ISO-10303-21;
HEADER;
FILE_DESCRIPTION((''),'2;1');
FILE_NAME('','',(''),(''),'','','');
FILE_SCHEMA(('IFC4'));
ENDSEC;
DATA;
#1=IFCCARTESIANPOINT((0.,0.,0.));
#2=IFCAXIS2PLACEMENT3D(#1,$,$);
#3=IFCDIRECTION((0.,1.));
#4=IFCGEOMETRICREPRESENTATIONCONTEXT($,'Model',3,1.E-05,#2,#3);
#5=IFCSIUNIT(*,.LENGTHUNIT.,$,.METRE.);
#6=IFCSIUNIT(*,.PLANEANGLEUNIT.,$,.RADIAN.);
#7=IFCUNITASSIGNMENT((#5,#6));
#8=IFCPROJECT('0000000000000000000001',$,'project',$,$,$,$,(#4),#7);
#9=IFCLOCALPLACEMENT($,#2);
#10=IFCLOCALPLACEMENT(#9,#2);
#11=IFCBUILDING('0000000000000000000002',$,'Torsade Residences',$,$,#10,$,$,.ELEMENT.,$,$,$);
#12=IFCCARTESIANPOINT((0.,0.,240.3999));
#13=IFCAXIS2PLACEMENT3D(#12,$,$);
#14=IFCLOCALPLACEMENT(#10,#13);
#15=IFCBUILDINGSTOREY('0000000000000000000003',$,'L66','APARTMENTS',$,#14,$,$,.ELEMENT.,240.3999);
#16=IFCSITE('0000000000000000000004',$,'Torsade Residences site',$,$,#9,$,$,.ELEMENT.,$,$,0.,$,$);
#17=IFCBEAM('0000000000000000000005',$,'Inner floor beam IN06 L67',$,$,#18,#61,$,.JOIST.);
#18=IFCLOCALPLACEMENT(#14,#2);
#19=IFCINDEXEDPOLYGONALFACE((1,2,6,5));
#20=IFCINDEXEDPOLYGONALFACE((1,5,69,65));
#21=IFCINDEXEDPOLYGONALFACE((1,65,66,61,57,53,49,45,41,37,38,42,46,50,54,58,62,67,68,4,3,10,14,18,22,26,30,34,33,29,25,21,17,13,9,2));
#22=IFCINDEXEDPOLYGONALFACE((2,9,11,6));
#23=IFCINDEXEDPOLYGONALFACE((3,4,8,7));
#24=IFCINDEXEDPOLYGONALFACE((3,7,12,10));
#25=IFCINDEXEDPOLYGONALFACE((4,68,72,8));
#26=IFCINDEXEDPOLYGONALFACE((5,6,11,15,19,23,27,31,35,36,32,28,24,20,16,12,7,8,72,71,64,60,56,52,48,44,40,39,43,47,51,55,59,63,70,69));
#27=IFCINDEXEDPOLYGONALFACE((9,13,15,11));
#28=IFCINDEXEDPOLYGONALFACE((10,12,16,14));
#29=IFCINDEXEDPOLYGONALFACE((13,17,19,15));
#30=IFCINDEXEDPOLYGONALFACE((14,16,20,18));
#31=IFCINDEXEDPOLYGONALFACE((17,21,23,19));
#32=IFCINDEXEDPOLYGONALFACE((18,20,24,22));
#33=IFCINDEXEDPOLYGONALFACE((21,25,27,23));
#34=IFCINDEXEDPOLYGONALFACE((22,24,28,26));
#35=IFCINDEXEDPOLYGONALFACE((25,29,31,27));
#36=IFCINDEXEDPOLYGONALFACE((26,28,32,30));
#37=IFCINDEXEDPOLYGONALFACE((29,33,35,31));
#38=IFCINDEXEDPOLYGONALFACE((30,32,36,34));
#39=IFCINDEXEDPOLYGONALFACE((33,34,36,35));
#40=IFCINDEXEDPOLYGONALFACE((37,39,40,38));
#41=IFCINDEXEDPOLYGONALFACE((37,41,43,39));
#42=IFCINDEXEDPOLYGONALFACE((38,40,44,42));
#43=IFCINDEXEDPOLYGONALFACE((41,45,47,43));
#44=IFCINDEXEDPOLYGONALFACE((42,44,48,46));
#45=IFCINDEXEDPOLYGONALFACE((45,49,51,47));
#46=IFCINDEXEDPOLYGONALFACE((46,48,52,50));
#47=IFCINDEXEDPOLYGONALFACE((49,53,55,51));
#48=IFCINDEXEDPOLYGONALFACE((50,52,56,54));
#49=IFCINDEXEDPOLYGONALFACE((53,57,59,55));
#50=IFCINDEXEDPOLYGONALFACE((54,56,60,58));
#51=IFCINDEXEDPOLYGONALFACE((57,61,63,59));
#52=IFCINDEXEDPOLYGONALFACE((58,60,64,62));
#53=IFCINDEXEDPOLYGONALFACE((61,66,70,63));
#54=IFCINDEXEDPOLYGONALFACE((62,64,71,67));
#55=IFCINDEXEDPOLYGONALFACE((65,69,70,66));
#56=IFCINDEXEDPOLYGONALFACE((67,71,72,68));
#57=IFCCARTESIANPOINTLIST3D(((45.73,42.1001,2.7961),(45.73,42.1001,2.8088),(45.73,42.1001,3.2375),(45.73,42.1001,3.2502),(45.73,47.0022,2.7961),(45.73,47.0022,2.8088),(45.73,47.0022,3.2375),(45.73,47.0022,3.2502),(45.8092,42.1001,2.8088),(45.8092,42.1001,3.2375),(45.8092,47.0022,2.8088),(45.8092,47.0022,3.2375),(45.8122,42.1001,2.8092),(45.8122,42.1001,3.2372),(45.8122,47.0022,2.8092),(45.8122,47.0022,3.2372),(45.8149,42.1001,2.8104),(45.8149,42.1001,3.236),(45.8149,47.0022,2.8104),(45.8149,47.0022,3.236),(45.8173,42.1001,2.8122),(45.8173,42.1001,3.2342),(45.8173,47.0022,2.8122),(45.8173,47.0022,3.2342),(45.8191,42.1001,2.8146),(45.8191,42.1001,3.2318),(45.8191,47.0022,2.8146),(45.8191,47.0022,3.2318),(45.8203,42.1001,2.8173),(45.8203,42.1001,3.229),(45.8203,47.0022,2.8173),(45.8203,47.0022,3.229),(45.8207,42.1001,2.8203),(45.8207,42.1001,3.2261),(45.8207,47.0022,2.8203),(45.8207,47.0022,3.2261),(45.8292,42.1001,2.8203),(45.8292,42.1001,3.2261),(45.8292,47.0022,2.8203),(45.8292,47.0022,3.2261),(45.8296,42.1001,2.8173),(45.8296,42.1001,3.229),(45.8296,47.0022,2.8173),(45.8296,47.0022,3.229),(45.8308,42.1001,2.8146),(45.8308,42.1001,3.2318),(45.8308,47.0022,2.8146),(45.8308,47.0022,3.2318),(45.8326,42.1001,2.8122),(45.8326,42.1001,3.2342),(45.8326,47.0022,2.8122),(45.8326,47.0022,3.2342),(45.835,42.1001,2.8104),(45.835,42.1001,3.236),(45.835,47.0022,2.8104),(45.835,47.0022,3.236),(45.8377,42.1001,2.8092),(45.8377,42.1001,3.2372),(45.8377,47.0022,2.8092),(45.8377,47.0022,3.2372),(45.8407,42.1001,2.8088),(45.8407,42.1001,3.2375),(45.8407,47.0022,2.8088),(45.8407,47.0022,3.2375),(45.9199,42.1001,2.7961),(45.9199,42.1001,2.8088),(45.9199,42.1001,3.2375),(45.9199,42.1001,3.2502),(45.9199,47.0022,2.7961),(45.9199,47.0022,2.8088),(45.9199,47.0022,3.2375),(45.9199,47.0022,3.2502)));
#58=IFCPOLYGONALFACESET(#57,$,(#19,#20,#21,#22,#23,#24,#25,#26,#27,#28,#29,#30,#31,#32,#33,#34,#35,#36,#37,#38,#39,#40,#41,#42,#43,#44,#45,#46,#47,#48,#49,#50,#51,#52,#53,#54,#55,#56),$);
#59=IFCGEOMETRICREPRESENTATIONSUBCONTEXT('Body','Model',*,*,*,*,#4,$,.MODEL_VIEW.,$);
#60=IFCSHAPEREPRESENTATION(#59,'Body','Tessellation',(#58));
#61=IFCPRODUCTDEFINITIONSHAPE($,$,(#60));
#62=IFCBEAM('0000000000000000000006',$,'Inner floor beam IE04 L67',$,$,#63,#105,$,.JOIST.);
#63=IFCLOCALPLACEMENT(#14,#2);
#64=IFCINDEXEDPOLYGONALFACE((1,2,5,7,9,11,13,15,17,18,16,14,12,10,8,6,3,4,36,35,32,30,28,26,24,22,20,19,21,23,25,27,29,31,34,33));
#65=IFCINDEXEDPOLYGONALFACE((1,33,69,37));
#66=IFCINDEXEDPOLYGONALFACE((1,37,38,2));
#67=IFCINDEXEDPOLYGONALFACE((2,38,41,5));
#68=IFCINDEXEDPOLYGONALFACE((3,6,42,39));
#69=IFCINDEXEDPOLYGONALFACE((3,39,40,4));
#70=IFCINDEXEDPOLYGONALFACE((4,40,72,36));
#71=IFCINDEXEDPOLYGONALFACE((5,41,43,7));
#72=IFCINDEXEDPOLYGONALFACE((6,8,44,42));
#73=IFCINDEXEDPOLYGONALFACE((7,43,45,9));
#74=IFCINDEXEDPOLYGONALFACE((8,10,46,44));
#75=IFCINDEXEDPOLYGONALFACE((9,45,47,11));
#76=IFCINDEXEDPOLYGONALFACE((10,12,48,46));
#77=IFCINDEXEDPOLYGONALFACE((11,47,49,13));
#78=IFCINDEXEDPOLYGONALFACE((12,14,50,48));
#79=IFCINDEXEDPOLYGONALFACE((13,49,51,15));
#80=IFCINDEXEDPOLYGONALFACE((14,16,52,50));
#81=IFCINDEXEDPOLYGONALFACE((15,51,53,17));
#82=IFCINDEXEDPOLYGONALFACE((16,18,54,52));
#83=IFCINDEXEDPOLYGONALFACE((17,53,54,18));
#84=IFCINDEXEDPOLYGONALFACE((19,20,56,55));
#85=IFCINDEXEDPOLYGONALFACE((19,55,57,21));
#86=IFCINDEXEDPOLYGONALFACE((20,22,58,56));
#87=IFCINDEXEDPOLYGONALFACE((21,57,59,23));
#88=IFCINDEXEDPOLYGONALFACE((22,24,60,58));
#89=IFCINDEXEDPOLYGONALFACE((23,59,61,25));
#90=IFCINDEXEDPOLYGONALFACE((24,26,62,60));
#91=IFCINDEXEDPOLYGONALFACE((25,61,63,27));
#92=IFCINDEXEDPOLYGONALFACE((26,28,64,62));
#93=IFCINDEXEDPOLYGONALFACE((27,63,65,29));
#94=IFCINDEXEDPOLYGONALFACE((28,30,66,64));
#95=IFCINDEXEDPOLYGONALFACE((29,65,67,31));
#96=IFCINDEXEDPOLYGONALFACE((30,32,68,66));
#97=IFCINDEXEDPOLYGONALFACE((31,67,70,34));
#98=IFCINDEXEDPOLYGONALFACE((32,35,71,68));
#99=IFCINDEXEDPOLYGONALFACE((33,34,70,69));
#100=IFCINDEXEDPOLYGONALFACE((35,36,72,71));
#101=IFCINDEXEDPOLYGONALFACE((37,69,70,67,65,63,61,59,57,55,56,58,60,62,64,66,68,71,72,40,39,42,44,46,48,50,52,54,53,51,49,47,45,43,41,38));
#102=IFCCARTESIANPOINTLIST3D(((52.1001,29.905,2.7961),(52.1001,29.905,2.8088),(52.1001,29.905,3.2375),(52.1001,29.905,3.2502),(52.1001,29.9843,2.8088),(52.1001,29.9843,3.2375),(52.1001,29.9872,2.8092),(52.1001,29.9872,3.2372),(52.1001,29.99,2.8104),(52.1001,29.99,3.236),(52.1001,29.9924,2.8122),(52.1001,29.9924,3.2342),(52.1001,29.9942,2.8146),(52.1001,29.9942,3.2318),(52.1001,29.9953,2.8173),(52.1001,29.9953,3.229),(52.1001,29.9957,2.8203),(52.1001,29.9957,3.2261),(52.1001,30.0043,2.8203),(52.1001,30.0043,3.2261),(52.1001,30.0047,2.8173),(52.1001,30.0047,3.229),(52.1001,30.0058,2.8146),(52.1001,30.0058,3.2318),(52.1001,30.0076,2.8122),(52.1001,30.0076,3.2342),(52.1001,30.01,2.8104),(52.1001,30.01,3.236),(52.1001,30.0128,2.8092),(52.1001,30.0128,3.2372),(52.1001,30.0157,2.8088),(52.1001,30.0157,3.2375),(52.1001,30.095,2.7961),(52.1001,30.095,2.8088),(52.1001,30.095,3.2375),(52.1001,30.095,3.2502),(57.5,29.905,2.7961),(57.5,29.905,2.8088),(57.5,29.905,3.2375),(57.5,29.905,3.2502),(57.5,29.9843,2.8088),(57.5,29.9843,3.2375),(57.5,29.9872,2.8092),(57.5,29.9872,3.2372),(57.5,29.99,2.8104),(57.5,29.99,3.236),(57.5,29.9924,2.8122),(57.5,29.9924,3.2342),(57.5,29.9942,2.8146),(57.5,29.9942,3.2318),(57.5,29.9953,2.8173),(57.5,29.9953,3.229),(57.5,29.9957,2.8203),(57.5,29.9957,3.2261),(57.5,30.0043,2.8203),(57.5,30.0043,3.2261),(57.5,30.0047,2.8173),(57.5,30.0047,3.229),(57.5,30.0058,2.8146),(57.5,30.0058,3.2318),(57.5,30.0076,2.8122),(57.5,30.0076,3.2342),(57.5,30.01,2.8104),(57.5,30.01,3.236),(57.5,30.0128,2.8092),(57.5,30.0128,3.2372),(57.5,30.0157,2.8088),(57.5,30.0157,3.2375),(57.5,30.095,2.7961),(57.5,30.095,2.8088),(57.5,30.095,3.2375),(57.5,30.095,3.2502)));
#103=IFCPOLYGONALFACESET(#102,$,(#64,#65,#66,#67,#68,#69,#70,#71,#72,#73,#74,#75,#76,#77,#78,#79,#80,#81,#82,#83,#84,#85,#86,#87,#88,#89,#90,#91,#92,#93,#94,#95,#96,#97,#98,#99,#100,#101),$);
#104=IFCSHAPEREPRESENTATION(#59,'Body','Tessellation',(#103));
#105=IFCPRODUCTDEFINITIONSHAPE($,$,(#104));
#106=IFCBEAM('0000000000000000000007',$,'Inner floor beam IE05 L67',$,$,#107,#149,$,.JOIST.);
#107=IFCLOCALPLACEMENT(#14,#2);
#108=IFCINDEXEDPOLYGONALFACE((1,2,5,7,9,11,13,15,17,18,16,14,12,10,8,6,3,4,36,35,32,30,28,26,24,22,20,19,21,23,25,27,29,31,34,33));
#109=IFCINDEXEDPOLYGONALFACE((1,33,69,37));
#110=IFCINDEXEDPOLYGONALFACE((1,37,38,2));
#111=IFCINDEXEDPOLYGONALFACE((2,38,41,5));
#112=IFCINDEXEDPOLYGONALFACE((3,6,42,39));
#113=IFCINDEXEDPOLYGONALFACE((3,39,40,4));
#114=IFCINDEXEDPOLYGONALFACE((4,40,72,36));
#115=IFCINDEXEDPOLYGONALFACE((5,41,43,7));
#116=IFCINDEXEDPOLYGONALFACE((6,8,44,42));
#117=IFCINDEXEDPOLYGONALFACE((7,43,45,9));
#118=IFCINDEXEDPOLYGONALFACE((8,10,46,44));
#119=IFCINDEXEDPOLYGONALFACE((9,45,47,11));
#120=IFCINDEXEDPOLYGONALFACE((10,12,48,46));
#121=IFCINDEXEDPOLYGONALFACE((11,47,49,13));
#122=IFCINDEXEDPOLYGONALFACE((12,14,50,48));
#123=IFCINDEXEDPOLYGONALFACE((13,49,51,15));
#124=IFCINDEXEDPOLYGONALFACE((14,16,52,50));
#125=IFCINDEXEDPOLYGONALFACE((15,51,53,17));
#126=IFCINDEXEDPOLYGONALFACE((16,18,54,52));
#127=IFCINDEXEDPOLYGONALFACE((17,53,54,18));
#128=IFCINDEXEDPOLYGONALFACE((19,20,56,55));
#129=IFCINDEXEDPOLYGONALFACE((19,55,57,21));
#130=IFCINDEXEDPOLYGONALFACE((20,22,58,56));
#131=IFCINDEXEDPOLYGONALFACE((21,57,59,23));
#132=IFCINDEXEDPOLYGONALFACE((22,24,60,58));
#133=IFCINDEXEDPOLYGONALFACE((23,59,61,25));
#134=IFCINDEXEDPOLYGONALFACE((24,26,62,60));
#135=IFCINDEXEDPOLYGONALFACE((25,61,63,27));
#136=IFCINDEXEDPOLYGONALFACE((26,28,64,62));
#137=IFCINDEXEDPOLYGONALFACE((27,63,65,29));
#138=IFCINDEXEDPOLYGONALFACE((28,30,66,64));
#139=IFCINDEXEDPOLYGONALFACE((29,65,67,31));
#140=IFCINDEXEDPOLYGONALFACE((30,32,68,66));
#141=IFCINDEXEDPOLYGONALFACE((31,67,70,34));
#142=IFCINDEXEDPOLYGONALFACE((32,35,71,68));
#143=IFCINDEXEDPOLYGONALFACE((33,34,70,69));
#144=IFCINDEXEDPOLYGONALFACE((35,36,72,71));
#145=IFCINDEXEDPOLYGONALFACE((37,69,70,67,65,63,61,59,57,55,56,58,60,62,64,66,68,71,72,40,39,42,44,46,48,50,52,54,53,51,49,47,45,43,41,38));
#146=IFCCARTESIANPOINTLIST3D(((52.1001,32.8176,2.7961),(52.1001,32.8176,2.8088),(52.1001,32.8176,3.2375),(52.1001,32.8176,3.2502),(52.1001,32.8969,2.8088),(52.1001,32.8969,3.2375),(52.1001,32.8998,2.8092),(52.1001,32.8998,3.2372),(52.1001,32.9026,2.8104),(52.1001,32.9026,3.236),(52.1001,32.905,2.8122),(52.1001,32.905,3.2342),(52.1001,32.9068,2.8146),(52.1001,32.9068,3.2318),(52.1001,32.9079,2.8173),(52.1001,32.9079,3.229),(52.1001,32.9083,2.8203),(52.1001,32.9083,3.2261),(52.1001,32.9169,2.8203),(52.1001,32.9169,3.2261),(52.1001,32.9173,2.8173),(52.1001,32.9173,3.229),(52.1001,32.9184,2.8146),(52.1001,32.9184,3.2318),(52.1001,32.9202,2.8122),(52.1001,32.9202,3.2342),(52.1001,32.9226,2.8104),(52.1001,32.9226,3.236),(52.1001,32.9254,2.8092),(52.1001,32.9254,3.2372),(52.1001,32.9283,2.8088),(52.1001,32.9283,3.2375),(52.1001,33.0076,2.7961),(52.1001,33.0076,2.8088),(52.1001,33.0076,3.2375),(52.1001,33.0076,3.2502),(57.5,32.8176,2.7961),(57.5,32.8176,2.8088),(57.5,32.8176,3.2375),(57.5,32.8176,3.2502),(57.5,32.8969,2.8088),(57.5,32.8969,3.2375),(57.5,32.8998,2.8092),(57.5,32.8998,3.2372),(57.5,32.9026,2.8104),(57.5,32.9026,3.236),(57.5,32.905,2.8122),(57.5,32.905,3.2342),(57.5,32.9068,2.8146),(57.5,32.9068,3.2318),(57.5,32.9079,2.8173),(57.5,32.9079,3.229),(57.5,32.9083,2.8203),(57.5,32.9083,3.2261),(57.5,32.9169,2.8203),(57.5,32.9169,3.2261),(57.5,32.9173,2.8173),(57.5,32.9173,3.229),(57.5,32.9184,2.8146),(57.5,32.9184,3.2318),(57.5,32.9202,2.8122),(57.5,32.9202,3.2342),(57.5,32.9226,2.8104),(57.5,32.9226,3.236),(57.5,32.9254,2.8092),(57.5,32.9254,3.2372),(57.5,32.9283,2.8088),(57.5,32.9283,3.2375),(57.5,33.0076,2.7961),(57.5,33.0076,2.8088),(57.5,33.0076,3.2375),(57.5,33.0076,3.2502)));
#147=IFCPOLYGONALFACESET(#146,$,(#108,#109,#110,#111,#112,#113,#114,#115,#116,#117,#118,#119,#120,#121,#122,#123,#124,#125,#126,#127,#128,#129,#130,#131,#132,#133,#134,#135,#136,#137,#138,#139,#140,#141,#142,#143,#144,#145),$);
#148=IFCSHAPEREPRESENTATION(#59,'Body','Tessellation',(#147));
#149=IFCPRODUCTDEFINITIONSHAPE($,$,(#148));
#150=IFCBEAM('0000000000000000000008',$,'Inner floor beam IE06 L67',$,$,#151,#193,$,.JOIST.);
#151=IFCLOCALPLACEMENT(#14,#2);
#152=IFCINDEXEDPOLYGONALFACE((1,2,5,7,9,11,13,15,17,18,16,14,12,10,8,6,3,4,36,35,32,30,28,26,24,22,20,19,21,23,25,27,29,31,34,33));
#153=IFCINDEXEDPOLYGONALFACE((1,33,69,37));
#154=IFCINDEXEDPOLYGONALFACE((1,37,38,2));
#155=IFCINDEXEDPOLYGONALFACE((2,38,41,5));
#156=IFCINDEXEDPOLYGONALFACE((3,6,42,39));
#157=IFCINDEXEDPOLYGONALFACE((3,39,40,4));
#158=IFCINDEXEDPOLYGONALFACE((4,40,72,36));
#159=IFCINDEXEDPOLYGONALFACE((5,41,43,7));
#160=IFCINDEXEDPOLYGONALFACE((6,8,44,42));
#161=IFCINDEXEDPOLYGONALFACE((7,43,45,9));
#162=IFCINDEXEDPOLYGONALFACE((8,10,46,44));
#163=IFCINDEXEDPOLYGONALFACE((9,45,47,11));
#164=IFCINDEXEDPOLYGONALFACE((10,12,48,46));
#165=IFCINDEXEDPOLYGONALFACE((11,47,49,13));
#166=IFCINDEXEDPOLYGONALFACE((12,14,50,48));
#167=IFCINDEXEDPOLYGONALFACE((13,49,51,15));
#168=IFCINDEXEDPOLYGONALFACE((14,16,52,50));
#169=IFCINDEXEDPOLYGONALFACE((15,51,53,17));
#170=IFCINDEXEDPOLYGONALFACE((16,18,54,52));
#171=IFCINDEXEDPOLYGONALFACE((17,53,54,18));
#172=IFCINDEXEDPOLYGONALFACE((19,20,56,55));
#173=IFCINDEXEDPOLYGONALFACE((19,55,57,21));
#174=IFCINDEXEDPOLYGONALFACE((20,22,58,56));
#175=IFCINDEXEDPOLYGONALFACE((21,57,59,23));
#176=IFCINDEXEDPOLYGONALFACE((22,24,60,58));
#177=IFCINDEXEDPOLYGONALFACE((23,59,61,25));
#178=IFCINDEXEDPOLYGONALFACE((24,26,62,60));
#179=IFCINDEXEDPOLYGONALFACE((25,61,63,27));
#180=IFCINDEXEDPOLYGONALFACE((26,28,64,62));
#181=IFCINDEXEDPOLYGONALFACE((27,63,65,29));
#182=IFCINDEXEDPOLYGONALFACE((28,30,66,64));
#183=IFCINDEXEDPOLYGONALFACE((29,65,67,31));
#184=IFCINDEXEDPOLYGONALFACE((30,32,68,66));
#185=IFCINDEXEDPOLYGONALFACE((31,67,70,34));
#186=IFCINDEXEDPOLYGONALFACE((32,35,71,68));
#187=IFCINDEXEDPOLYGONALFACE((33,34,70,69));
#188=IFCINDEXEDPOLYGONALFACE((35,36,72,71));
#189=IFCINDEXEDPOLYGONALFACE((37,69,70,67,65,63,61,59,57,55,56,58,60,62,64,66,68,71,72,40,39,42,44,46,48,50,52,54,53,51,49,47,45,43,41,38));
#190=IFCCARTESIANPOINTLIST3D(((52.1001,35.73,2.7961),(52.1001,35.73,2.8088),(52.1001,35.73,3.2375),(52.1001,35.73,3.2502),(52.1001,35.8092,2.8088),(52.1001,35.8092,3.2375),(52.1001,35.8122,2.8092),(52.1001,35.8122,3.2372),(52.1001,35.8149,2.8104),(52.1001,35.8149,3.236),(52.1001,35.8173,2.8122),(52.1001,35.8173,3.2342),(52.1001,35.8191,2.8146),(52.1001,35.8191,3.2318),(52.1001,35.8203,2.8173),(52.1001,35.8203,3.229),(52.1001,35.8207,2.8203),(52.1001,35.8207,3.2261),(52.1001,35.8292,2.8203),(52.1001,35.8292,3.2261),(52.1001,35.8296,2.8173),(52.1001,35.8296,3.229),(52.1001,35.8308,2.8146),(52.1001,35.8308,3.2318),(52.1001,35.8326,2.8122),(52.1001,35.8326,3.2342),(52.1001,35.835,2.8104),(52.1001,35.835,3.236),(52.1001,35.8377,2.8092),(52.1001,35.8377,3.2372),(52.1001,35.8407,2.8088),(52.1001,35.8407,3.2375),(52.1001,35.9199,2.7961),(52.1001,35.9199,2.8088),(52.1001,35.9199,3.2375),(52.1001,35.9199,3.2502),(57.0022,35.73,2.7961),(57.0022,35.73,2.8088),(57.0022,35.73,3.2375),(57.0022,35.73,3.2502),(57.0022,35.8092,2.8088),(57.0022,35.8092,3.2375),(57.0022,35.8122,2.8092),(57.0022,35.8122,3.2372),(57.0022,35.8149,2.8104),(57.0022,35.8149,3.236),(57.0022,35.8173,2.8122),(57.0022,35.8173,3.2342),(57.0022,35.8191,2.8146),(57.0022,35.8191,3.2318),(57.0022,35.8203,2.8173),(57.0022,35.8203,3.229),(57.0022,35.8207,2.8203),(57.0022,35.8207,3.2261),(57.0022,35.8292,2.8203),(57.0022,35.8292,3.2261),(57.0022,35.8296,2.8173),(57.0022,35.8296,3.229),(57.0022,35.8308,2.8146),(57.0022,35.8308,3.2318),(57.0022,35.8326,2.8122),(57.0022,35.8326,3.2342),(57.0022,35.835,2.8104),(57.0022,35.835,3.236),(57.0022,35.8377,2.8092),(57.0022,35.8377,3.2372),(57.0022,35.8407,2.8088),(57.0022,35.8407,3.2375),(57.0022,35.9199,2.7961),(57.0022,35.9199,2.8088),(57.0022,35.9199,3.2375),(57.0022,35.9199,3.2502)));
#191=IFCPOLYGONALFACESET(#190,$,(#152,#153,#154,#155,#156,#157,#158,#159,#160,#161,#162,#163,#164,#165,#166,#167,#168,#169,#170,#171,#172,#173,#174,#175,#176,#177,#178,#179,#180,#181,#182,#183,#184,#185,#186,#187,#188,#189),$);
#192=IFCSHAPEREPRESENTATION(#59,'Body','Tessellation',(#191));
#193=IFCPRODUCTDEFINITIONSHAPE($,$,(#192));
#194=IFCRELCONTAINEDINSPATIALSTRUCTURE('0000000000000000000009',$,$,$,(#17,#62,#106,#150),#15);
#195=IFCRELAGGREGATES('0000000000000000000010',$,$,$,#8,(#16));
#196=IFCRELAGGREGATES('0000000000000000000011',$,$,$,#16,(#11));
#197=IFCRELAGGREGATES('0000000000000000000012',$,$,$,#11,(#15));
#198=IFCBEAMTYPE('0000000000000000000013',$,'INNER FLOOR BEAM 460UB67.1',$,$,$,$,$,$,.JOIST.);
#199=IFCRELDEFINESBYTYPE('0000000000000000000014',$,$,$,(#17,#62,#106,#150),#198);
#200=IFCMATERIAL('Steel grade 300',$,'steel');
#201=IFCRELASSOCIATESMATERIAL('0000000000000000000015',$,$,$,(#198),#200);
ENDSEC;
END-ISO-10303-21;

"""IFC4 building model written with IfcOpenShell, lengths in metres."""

from ifc_helpers import new_model, si_unit, direction, frame, origin, origin_2d, place, context, subcontext, project, spatial, i_section, extrude, material, material_profile, profile_set, type_object, element, save


model = new_model("IFC4")

# Units and contexts
model_context = context("Model", 3, precision=1e-05, world=origin(), true_north=direction((0.0, 1.0)))
body_context = subcontext(model_context, "Body", "Model", "MODEL_VIEW")
ifc_project = project(units=[si_unit("LENGTHUNIT", "METRE"), si_unit("PLANEANGLEUNIT", "RADIAN")], contexts=[model_context])

# Site, building, storey
site_placement = place(None, origin())
site = spatial("IfcSite", under=ifc_project, at=site_placement, Name="Torsade Residences site", CompositionType="ELEMENT", RefElevation=0.0)
building_placement = place(site_placement, origin())
building = spatial("IfcBuilding", under=site, at=building_placement, Name="Torsade Residences", CompositionType="ELEMENT")
storey_placement = place(building_placement, frame((0.0, 0.0, 240.3999)))
storey = spatial("IfcBuildingStorey", under=building, at=storey_placement, Name="L66", Description="APARTMENTS", CompositionType="ELEMENT", Elevation=240.3999)

# Beams
ifc_material_1 = material(Name="Steel grade 300", Category="steel")
ifc_material_profile_1 = material_profile(ifc_material_1, i_section(OverallWidth=0.1899, OverallDepth=0.4541, WebThickness=0.0085, FlangeThickness=0.0127, FilletRadius=0.0115, at=origin_2d()), Name="460UB67.1")
ifc_profile_set_1 = profile_set([ifc_material_profile_1], Name="Steel grade 300")
beam_type_1 = type_object("IfcBeamType", Name="INNER FLOOR BEAM 460UB67.1", PredefinedType="JOIST", material=ifc_profile_set_1)
beam_1_placement = place(storey_placement, frame((45.825, 42.1001, 3.0232), z_axis=(0.0, 1.0, 0.0), x_axis=(-1.0, 0.0, 0.0)))
element("IfcBeam", 1, at=beam_1_placement, inside=storey, type_object=beam_type_1, Name="Inner floor beam IN06 L67", PredefinedType="JOIST", context=body_context, shape_type="SweptSolid", body=[
    extrude(i_section(OverallWidth=0.1899, OverallDepth=0.4541, WebThickness=0.0085, FlangeThickness=0.0127, FilletRadius=0.0115, at=origin_2d()), origin(), (0.0, 0.0, 1.0), 4.9021),
])
for number, where, z_axis, x_axis, name in (
    (2, (52.1001, 30.0, 3.0232), (1.0, 0.0, 0.0), (0.0, 1.0, 0.0), "Inner floor beam IE04 L67"),
    (3, (52.1001, 32.9126, 3.0232), (1.0, 0.0, 0.0), (0.0, 1.0, 0.0), "Inner floor beam IE05 L67"),
):
    element("IfcBeam", number, at=place(storey_placement, frame(where, z_axis=z_axis, x_axis=x_axis)), inside=storey, type_object=beam_type_1, Name=name, PredefinedType="JOIST", context=body_context, shape_type="SweptSolid", body=[
        extrude(i_section(OverallWidth=0.1899, OverallDepth=0.4541, WebThickness=0.0085, FlangeThickness=0.0127, FilletRadius=0.0115, at=origin_2d()), origin(), (0.0, 0.0, 1.0), 5.3999),
    ])
beam_2_placement = place(storey_placement, frame((52.1001, 35.825, 3.0232), z_axis=(1.0, 0.0, 0.0), x_axis=(0.0, 1.0, 0.0)))
element("IfcBeam", 4, at=beam_2_placement, inside=storey, type_object=beam_type_1, Name="Inner floor beam IE06 L67", PredefinedType="JOIST", context=body_context, shape_type="SweptSolid", body=[
    extrude(i_section(OverallWidth=0.1899, OverallDepth=0.4541, WebThickness=0.0085, FlangeThickness=0.0127, FilletRadius=0.0115, at=origin_2d()), origin(), (0.0, 0.0, 1.0), 4.9021),
])

save(model, "model.ifc")
